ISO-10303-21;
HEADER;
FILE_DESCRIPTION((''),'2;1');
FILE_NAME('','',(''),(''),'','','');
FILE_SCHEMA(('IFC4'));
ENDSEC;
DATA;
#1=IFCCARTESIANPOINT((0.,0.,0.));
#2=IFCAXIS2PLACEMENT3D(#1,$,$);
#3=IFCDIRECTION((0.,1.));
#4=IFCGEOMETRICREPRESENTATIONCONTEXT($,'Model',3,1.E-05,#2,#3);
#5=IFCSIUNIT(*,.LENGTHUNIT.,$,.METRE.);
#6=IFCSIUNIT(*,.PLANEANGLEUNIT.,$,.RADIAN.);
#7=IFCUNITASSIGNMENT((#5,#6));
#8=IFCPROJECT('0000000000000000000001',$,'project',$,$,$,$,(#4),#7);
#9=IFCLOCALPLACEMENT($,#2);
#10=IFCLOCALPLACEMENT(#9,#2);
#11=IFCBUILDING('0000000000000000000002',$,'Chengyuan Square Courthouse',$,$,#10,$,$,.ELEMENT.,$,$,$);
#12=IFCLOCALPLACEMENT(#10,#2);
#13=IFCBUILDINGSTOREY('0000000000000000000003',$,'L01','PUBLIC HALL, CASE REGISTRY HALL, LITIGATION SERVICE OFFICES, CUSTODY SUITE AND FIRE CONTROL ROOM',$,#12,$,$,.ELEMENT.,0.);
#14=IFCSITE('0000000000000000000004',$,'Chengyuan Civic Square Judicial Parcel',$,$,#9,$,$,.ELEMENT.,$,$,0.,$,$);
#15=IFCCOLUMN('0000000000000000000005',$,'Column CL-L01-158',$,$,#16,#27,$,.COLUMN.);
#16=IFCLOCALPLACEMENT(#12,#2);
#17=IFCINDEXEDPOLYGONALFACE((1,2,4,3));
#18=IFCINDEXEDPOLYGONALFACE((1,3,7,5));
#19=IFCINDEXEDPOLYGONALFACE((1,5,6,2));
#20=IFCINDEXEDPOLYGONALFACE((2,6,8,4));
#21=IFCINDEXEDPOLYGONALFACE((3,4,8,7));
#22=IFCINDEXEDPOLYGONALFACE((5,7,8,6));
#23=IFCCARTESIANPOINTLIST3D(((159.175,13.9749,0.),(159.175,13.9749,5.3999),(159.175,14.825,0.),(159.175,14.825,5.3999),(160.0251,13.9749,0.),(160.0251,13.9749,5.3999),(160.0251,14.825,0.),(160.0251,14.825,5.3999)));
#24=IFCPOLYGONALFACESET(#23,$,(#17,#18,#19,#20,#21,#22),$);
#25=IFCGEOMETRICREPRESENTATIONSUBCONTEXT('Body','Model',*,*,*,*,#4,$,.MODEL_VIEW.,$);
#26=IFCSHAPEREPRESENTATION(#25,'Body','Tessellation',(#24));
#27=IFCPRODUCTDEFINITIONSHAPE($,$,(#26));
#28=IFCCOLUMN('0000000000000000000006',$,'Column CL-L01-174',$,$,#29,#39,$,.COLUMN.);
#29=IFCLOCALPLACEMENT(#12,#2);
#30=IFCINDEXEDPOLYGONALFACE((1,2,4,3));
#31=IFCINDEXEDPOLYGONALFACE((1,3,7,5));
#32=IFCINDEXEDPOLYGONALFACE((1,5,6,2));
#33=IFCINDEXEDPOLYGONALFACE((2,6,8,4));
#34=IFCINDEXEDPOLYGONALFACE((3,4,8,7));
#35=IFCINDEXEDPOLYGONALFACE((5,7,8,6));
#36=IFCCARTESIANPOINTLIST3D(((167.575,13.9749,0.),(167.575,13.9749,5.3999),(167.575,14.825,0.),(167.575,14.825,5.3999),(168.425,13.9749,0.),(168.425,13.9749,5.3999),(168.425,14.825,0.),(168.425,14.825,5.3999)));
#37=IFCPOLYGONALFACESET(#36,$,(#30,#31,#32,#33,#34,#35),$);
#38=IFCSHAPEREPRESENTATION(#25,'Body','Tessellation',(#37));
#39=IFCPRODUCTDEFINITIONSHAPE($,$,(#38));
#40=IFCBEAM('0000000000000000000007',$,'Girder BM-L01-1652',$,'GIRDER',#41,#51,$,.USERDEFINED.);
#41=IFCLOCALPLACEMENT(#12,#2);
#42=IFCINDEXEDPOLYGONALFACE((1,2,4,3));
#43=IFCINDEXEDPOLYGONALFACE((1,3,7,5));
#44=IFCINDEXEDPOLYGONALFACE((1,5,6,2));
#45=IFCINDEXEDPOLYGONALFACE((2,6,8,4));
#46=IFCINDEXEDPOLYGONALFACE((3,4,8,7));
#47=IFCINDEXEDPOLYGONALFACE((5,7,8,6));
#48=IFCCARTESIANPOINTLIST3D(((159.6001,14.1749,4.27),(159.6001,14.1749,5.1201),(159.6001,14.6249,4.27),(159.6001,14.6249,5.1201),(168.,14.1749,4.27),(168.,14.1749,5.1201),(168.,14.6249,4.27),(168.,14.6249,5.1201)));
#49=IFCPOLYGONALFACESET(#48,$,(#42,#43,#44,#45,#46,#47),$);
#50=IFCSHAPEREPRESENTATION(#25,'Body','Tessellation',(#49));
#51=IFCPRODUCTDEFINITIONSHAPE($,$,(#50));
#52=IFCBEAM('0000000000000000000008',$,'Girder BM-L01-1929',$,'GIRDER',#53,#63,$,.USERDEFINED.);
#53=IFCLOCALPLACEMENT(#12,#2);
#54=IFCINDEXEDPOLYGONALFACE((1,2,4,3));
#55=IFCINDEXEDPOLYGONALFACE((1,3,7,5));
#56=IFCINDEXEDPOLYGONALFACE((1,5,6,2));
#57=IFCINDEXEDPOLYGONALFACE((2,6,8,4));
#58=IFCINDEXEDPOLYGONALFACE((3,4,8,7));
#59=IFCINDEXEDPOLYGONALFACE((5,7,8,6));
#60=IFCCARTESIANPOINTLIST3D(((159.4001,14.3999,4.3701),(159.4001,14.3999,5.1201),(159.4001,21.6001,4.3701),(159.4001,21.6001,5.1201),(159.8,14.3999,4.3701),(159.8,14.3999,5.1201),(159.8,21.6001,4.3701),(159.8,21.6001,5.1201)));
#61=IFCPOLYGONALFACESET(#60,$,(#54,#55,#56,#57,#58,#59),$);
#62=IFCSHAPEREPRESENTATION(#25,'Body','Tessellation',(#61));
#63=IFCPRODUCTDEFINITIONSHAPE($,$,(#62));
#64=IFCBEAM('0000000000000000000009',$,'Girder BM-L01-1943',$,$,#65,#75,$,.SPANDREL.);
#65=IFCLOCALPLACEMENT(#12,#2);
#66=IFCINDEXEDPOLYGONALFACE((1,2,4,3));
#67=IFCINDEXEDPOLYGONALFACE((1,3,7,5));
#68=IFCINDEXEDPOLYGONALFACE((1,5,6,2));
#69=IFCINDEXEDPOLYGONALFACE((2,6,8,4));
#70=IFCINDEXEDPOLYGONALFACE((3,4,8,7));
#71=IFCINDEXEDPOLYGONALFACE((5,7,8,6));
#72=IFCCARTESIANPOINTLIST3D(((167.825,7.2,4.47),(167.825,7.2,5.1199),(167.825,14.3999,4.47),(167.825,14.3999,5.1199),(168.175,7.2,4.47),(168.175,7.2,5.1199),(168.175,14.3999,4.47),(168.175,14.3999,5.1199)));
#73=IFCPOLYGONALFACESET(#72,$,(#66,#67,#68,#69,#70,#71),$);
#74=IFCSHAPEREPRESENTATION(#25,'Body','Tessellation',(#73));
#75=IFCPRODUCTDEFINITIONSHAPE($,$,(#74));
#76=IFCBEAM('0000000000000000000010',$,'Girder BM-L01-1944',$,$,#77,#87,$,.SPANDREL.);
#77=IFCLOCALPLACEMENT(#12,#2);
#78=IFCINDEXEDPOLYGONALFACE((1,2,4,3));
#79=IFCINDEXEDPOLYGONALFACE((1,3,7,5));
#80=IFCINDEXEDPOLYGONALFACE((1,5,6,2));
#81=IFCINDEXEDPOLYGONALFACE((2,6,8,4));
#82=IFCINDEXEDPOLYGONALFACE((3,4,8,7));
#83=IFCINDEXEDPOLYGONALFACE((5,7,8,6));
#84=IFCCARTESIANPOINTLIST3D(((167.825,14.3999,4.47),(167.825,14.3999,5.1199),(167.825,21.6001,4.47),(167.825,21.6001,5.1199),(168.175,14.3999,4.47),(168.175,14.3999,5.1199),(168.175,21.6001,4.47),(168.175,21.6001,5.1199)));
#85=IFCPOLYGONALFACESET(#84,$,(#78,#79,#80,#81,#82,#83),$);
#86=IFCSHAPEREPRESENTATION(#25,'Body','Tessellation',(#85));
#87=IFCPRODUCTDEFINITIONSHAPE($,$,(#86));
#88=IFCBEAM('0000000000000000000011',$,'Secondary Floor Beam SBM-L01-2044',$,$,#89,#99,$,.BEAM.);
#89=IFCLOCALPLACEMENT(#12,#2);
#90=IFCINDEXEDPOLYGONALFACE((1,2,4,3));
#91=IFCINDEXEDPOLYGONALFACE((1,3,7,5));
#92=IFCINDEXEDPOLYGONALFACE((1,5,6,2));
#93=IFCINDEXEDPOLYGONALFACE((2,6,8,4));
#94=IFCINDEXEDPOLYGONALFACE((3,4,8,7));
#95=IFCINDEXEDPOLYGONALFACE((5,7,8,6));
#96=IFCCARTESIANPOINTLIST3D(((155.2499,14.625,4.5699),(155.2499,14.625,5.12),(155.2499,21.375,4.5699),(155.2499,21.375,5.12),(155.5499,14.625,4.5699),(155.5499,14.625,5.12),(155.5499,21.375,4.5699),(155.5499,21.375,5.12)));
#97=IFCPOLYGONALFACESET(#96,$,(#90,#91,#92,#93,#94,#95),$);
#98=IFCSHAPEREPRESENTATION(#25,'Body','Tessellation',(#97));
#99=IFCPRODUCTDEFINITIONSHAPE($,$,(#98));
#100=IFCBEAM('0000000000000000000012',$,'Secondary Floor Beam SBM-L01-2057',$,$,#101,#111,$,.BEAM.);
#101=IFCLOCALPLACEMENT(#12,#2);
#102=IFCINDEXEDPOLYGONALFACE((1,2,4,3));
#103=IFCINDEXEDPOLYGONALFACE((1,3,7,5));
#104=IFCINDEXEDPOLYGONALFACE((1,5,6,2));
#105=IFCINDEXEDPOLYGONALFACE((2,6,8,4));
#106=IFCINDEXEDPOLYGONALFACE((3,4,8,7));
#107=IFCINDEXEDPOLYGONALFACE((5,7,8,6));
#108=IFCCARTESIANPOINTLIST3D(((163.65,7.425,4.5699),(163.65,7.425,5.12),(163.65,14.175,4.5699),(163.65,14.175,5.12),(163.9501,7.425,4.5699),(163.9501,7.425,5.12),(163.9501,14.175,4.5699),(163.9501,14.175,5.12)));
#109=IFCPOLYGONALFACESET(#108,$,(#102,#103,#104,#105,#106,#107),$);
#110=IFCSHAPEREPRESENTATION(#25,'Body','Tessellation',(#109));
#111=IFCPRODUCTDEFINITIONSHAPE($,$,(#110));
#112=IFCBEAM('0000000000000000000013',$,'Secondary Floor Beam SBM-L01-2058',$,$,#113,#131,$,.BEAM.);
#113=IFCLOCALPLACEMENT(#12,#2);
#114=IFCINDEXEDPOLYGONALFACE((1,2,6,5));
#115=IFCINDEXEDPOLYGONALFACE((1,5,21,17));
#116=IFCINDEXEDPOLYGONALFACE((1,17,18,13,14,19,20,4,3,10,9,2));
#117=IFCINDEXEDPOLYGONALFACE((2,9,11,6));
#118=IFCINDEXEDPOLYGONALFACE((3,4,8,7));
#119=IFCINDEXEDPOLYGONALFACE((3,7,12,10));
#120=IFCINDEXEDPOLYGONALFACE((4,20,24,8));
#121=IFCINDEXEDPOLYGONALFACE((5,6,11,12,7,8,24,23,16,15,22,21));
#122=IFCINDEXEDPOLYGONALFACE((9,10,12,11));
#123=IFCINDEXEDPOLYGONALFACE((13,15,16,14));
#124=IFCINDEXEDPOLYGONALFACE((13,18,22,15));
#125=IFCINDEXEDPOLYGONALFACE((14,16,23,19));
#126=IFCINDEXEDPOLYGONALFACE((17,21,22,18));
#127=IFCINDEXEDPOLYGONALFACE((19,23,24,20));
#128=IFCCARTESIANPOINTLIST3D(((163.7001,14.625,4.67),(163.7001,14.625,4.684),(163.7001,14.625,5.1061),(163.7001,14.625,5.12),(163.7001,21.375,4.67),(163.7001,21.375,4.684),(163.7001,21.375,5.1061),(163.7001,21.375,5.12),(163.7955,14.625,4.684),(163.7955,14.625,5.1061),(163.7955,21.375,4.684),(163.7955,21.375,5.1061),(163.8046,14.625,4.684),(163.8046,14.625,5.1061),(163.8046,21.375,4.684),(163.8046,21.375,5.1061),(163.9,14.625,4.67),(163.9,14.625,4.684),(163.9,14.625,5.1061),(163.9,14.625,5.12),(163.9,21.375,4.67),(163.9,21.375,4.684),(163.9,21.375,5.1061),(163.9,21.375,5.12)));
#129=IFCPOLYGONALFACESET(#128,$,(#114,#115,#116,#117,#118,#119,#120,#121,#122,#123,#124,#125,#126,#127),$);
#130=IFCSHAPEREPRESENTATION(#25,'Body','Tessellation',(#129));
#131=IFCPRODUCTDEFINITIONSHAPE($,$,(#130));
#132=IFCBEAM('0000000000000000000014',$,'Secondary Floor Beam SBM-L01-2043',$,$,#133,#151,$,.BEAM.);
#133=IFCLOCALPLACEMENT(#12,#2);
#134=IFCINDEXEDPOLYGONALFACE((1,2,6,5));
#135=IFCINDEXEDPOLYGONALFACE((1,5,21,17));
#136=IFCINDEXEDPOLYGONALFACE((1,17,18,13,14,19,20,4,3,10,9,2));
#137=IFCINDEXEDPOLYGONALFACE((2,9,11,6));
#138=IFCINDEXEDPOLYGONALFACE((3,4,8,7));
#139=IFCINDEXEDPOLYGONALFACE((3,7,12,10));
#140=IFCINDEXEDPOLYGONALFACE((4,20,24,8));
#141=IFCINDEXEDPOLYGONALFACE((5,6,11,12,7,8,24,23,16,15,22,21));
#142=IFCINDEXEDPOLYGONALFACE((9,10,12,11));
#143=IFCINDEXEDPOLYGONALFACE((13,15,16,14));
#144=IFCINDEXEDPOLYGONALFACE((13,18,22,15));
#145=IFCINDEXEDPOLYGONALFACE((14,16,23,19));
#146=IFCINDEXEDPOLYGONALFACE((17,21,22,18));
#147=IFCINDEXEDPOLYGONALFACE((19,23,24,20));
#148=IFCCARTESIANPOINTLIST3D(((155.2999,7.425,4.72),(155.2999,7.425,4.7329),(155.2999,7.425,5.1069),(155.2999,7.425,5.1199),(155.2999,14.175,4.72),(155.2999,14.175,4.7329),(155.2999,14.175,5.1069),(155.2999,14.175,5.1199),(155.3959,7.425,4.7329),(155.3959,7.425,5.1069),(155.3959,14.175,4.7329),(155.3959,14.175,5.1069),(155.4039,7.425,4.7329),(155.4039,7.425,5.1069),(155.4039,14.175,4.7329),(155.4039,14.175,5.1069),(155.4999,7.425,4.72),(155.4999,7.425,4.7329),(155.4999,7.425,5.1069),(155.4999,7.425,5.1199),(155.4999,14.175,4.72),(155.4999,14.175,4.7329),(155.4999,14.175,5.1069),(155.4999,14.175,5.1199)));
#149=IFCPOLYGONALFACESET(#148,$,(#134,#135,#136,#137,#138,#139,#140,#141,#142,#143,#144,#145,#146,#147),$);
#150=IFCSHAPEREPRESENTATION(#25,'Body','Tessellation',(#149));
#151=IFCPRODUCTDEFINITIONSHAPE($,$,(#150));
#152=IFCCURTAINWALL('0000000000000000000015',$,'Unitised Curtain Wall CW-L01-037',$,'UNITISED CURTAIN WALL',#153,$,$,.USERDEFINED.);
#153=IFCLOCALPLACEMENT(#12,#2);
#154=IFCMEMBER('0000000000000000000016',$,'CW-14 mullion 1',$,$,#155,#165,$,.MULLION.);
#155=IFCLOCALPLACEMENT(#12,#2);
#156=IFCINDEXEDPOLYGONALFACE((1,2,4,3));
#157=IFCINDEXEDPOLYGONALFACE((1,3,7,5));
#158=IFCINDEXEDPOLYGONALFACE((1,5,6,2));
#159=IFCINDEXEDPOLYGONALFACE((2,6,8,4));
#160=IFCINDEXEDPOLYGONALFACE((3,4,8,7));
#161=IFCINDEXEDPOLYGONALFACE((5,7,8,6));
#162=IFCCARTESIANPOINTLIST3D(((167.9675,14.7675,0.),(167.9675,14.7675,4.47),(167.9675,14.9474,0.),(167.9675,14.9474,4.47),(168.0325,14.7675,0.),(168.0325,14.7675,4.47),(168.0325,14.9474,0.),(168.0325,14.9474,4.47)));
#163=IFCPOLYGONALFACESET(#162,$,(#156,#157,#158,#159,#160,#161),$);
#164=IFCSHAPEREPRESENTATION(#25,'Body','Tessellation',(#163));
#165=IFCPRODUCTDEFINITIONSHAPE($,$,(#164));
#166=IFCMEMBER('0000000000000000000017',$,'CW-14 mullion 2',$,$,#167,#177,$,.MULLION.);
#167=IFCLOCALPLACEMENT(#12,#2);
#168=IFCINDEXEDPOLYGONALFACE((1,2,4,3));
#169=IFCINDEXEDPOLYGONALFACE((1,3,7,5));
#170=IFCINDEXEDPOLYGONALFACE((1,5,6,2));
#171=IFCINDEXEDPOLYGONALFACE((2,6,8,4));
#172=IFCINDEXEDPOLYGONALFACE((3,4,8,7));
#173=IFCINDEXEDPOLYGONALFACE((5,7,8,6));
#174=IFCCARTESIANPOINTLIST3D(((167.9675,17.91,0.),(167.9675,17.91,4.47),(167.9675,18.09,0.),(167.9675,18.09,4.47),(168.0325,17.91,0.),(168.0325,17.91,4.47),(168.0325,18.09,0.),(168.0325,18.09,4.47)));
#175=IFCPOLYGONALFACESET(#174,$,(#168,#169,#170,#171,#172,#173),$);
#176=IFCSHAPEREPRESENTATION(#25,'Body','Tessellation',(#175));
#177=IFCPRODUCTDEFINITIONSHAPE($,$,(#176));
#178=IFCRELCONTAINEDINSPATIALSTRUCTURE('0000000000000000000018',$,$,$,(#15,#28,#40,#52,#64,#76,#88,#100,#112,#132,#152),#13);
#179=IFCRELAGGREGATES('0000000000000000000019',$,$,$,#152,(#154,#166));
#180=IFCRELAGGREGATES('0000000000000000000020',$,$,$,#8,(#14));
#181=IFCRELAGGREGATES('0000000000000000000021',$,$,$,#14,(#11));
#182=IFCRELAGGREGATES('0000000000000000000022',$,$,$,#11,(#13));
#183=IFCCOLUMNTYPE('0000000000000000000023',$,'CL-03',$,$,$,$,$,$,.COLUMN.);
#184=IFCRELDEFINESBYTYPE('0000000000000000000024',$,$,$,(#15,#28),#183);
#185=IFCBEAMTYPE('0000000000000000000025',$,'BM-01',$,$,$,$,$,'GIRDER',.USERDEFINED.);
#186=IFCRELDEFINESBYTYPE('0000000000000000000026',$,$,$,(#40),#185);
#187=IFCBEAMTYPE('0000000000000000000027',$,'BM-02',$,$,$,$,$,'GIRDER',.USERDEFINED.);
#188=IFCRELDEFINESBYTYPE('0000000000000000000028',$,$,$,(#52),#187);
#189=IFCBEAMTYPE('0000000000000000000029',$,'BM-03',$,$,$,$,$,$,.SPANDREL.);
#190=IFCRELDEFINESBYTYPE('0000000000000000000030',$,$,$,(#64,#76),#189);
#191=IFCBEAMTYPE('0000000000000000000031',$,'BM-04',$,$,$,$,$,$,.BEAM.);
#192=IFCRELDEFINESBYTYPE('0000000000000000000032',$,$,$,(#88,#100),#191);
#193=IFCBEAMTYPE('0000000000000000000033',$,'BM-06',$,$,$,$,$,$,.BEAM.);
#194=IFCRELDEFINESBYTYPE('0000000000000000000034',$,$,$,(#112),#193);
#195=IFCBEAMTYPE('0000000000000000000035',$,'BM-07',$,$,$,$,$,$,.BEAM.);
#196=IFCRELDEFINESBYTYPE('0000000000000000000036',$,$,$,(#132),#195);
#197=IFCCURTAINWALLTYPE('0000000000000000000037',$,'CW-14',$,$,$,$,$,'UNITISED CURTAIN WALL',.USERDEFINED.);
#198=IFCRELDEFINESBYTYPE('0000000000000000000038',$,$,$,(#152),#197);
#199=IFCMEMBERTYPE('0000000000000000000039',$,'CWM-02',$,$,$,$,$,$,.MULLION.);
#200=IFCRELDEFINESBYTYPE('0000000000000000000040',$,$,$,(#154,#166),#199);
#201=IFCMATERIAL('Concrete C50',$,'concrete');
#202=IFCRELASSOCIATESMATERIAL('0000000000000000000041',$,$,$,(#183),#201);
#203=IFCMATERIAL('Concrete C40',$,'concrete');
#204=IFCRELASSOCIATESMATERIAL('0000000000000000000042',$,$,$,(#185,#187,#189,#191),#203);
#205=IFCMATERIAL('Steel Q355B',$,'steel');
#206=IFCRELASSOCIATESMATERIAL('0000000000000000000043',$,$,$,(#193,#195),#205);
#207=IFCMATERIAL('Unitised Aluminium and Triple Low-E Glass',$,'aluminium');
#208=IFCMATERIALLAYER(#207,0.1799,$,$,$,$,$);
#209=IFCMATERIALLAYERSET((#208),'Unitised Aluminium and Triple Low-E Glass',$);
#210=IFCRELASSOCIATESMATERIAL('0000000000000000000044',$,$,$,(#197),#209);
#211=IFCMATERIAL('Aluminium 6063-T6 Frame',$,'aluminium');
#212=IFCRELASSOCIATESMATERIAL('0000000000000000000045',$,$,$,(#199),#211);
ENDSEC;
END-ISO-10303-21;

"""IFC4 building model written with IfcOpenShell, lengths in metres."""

from ifc_helpers import new_model, si_unit, direction, frame, origin, origin_2d, place, context, subcontext, project, spatial, rectangle, i_section, extrude, material, layer, layer_set, material_profile, profile_set, type_object, element, aggregate, save


model = new_model("IFC4")

# Units and contexts
model_context = context("Model", 3, precision=1e-05, world=origin(), true_north=direction((0.0, 1.0)))
body_context = subcontext(model_context, "Body", "Model", "MODEL_VIEW")
ifc_project = project(units=[si_unit("LENGTHUNIT", "METRE"), si_unit("PLANEANGLEUNIT", "RADIAN")], contexts=[model_context])

# Site, building, storey
site_placement = place(None, origin())
site = spatial("IfcSite", under=ifc_project, at=site_placement, Name="Chengyuan Civic Square Judicial Parcel", CompositionType="ELEMENT", RefElevation=0.0)
building_placement = place(site_placement, origin())
building = spatial("IfcBuilding", under=site, at=building_placement, Name="Chengyuan Square Courthouse", CompositionType="ELEMENT")
storey_placement = place(building_placement, origin())
storey = spatial("IfcBuildingStorey", under=building, at=storey_placement, Name="L01", Description="PUBLIC HALL, CASE REGISTRY HALL, LITIGATION SERVICE OFFICES, CUSTODY SUITE AND FIRE CONTROL ROOM", CompositionType="ELEMENT", Elevation=0.0)

# Columns
ifc_material_1 = material(Name="Concrete C50", Category="concrete")
ifc_material_profile_1 = material_profile(ifc_material_1, rectangle(XDim=0.8501, YDim=0.8501, at=origin_2d()), Name="RC-COL-850x850")
ifc_profile_set_1 = profile_set([ifc_material_profile_1], Name="Concrete C50")
column_type = type_object("IfcColumnType", Name="CL-03", PredefinedType="COLUMN", material=ifc_profile_set_1)
for number, where, z_axis, x_axis, name in (
    (1, (159.6001, 14.3999, 0.0), (0.0, 0.0, 1.0), (1.0, 0.0, 0.0), "Column CL-L01-158"),
    (2, (168.0, 14.3999, 0.0), (0.0, 0.0, 1.0), (1.0, 0.0, 0.0), "Column CL-L01-174"),
):
    element("IfcColumn", number, at=place(storey_placement, frame(where, z_axis=z_axis, x_axis=x_axis)), inside=storey, type_object=column_type, Name=name, PredefinedType="COLUMN", context=body_context, shape_type="SweptSolid", body=[
        extrude(rectangle(XDim=0.8501, YDim=0.8501, at=origin_2d()), origin(), (0.0, 0.0, 1.0), 5.3999),
    ])

# Beams
ifc_material_2 = material(Name="Concrete C40", Category="concrete")
ifc_material_profile_2 = material_profile(ifc_material_2, rectangle(XDim=0.45, YDim=0.8501, at=origin_2d()), Name="RC-BM-450x850")
ifc_profile_set_2 = profile_set([ifc_material_profile_2], Name="Concrete C40")
beam_type_1 = type_object("IfcBeamType", Name="BM-01", ElementType="GIRDER", PredefinedType="USERDEFINED", material=ifc_profile_set_2)
beam_1_placement = place(storey_placement, frame((159.6001, 14.3999, 4.6951), z_axis=(1.0, 0.0, 0.0), x_axis=(0.0, 1.0, 0.0)))
element("IfcBeam", 3, at=beam_1_placement, inside=storey, type_object=beam_type_1, Name="Girder BM-L01-1652", ObjectType="GIRDER", PredefinedType="USERDEFINED", context=body_context, shape_type="SweptSolid", body=[
    extrude(rectangle(XDim=0.45, YDim=0.8501, at=origin_2d()), origin(), (0.0, 0.0, 1.0), 8.3999),
])
ifc_material_profile_3 = material_profile(ifc_material_2, rectangle(XDim=0.3999, YDim=0.75, at=origin_2d()), Name="RC-BM-400x750")
ifc_profile_set_3 = profile_set([ifc_material_profile_3], Name="Concrete C40")
beam_type_2 = type_object("IfcBeamType", Name="BM-02", ElementType="GIRDER", PredefinedType="USERDEFINED", material=ifc_profile_set_3)
beam_2_placement = place(storey_placement, frame((159.6001, 14.3999, 4.7451), z_axis=(0.0, 1.0, 0.0), x_axis=(-1.0, 0.0, 0.0)))
element("IfcBeam", 4, at=beam_2_placement, inside=storey, type_object=beam_type_2, Name="Girder BM-L01-1929", ObjectType="GIRDER", PredefinedType="USERDEFINED", context=body_context, shape_type="SweptSolid", body=[
    extrude(rectangle(XDim=0.3999, YDim=0.75, at=origin_2d()), origin(), (0.0, 0.0, 1.0), 7.2002),
])
ifc_material_profile_4 = material_profile(ifc_material_2, rectangle(XDim=0.3501, YDim=0.6499, at=origin_2d()), Name="RC-BM-350x650")
ifc_profile_set_4 = profile_set([ifc_material_profile_4], Name="Concrete C40")
beam_type_3 = type_object("IfcBeamType", Name="BM-03", PredefinedType="SPANDREL", material=ifc_profile_set_4)
beam_3_placement = place(storey_placement, frame((168.0, 7.2, 4.7949), z_axis=(0.0, 1.0, 0.0), x_axis=(-1.0, 0.0, 0.0)))
element("IfcBeam", 5, at=beam_3_placement, inside=storey, type_object=beam_type_3, Name="Girder BM-L01-1943", PredefinedType="SPANDREL", context=body_context, shape_type="SweptSolid", body=[
    extrude(rectangle(XDim=0.3501, YDim=0.6499, at=origin_2d()), origin(), (0.0, 0.0, 1.0), 7.2),
])
beam_4_placement = place(storey_placement, frame((168.0, 14.3999, 4.7949), z_axis=(0.0, 1.0, 0.0), x_axis=(-1.0, 0.0, 0.0)))
element("IfcBeam", 6, at=beam_4_placement, inside=storey, type_object=beam_type_3, Name="Girder BM-L01-1944", PredefinedType="SPANDREL", context=body_context, shape_type="SweptSolid", body=[
    extrude(rectangle(XDim=0.3501, YDim=0.6499, at=origin_2d()), origin(), (0.0, 0.0, 1.0), 7.2002),
])
ifc_material_profile_5 = material_profile(ifc_material_2, rectangle(XDim=0.3, YDim=0.55, at=origin_2d()), Name="RC-BM-300x550")
ifc_profile_set_5 = profile_set([ifc_material_profile_5], Name="Concrete C40")
beam_type_4 = type_object("IfcBeamType", Name="BM-04", PredefinedType="BEAM", material=ifc_profile_set_5)
for number, where, z_axis, x_axis, name in (
    (7, (155.3999, 14.625, 4.845), (0.0, 1.0, 0.0), (-1.0, 0.0, 0.0), "Secondary Floor Beam SBM-L01-2044"),
    (8, (163.8, 7.425, 4.845), (0.0, 1.0, 0.0), (-1.0, 0.0, 0.0), "Secondary Floor Beam SBM-L01-2057"),
):
    element("IfcBeam", number, at=place(storey_placement, frame(where, z_axis=z_axis, x_axis=x_axis)), inside=storey, type_object=beam_type_4, Name=name, PredefinedType="BEAM", context=body_context, shape_type="SweptSolid", body=[
        extrude(rectangle(XDim=0.3, YDim=0.55, at=origin_2d()), origin(), (0.0, 0.0, 1.0), 6.75),
    ])
ifc_material_3 = material(Name="Steel Q355B", Category="steel")
ifc_material_profile_6 = material_profile(ifc_material_3, i_section(OverallWidth=0.2, OverallDepth=0.45, WebThickness=0.009, FlangeThickness=0.0139, at=origin_2d()), Name="HN 450x200x9x14")
ifc_profile_set_6 = profile_set([ifc_material_profile_6], Name="Steel Q355B")
beam_type_5 = type_object("IfcBeamType", Name="BM-06", PredefinedType="BEAM", material=ifc_profile_set_6)
beam_5_placement = place(storey_placement, frame((163.8, 14.625, 4.895), z_axis=(0.0, 1.0, 0.0), x_axis=(-1.0, 0.0, 0.0)))
element("IfcBeam", 9, at=beam_5_placement, inside=storey, type_object=beam_type_5, Name="Secondary Floor Beam SBM-L01-2058", PredefinedType="BEAM", context=body_context, shape_type="SweptSolid", body=[
    extrude(i_section(OverallWidth=0.2, OverallDepth=0.45, WebThickness=0.009, FlangeThickness=0.0139, at=origin_2d()), origin(), (0.0, 0.0, 1.0), 6.75),
])
ifc_material_profile_7 = material_profile(ifc_material_3, i_section(OverallWidth=0.2, OverallDepth=0.3999, WebThickness=0.0081, FlangeThickness=0.0129, at=origin_2d()), Name="HN 400x200x8x13")
ifc_profile_set_7 = profile_set([ifc_material_profile_7], Name="Steel Q355B")
beam_type_6 = type_object("IfcBeamType", Name="BM-07", PredefinedType="BEAM", material=ifc_profile_set_7)
beam_6_placement = place(storey_placement, frame((155.3999, 7.425, 4.9199), z_axis=(0.0, 1.0, 0.0), x_axis=(-1.0, 0.0, 0.0)))
element("IfcBeam", 10, at=beam_6_placement, inside=storey, type_object=beam_type_6, Name="Secondary Floor Beam SBM-L01-2043", PredefinedType="BEAM", context=body_context, shape_type="SweptSolid", body=[
    extrude(i_section(OverallWidth=0.2, OverallDepth=0.3999, WebThickness=0.0081, FlangeThickness=0.0129, at=origin_2d()), origin(), (0.0, 0.0, 1.0), 6.75),
])

# Curtain wall, members
ifc_material_4 = material(Name="Unitised Aluminium and Triple Low-E Glass", Category="aluminium")
ifc_layer_1 = layer(ifc_material_4, 0.1799)
ifc_layer_set_1 = layer_set([ifc_layer_1], Name="Unitised Aluminium and Triple Low-E Glass")
curtain_wall_type = type_object("IfcCurtainWallType", Name="CW-14", ElementType="UNITISED CURTAIN WALL", PredefinedType="USERDEFINED", material=ifc_layer_set_1)
curtain_wall_placement = place(storey_placement, origin())
curtain_wall = element("IfcCurtainWall", 11, at=curtain_wall_placement, inside=storey, type_object=curtain_wall_type, Name="Unitised Curtain Wall CW-L01-037", ObjectType="UNITISED CURTAIN WALL", PredefinedType="USERDEFINED")
ifc_material_5 = material(Name="Aluminium 6063-T6 Frame", Category="aluminium")
ifc_material_profile_8 = material_profile(ifc_material_5, rectangle(XDim=0.0649, YDim=0.1799, at=origin_2d()), Name="CW-MUL-65x180")
ifc_profile_set_8 = profile_set([ifc_material_profile_8], Name="Aluminium 6063-T6 Frame")
member_type_1 = type_object("IfcMemberType", Name="CWM-02", PredefinedType="MULLION", material=ifc_profile_set_8)
member_1_placement = place(storey_placement, frame((168.0, 14.8574, 0.0), z_axis=(0.0, 0.0, 1.0), x_axis=(-1.0, 0.0, 0.0)))
member_1 = element("IfcMember", 12, at=member_1_placement, type_object=member_type_1, Name="CW-14 mullion 1", PredefinedType="MULLION", context=body_context, shape_type="SweptSolid", body=[
    extrude(rectangle(XDim=0.0649, YDim=0.1799, at=origin_2d()), origin(), (0.0, 0.0, 1.0), 4.47),
])
member_2_placement = place(storey_placement, frame((168.0, 18.0, 0.0), z_axis=(0.0, 0.0, 1.0), x_axis=(-1.0, 0.0, 0.0)))
member_2 = element("IfcMember", 13, at=member_2_placement, type_object=member_type_1, Name="CW-14 mullion 2", PredefinedType="MULLION", context=body_context, shape_type="SweptSolid", body=[
    extrude(rectangle(XDim=0.0649, YDim=0.1799, at=origin_2d()), origin(), (0.0, 0.0, 1.0), 4.47),
])
aggregate(curtain_wall, [member_1, member_2])

save(model, "model.ifc")
